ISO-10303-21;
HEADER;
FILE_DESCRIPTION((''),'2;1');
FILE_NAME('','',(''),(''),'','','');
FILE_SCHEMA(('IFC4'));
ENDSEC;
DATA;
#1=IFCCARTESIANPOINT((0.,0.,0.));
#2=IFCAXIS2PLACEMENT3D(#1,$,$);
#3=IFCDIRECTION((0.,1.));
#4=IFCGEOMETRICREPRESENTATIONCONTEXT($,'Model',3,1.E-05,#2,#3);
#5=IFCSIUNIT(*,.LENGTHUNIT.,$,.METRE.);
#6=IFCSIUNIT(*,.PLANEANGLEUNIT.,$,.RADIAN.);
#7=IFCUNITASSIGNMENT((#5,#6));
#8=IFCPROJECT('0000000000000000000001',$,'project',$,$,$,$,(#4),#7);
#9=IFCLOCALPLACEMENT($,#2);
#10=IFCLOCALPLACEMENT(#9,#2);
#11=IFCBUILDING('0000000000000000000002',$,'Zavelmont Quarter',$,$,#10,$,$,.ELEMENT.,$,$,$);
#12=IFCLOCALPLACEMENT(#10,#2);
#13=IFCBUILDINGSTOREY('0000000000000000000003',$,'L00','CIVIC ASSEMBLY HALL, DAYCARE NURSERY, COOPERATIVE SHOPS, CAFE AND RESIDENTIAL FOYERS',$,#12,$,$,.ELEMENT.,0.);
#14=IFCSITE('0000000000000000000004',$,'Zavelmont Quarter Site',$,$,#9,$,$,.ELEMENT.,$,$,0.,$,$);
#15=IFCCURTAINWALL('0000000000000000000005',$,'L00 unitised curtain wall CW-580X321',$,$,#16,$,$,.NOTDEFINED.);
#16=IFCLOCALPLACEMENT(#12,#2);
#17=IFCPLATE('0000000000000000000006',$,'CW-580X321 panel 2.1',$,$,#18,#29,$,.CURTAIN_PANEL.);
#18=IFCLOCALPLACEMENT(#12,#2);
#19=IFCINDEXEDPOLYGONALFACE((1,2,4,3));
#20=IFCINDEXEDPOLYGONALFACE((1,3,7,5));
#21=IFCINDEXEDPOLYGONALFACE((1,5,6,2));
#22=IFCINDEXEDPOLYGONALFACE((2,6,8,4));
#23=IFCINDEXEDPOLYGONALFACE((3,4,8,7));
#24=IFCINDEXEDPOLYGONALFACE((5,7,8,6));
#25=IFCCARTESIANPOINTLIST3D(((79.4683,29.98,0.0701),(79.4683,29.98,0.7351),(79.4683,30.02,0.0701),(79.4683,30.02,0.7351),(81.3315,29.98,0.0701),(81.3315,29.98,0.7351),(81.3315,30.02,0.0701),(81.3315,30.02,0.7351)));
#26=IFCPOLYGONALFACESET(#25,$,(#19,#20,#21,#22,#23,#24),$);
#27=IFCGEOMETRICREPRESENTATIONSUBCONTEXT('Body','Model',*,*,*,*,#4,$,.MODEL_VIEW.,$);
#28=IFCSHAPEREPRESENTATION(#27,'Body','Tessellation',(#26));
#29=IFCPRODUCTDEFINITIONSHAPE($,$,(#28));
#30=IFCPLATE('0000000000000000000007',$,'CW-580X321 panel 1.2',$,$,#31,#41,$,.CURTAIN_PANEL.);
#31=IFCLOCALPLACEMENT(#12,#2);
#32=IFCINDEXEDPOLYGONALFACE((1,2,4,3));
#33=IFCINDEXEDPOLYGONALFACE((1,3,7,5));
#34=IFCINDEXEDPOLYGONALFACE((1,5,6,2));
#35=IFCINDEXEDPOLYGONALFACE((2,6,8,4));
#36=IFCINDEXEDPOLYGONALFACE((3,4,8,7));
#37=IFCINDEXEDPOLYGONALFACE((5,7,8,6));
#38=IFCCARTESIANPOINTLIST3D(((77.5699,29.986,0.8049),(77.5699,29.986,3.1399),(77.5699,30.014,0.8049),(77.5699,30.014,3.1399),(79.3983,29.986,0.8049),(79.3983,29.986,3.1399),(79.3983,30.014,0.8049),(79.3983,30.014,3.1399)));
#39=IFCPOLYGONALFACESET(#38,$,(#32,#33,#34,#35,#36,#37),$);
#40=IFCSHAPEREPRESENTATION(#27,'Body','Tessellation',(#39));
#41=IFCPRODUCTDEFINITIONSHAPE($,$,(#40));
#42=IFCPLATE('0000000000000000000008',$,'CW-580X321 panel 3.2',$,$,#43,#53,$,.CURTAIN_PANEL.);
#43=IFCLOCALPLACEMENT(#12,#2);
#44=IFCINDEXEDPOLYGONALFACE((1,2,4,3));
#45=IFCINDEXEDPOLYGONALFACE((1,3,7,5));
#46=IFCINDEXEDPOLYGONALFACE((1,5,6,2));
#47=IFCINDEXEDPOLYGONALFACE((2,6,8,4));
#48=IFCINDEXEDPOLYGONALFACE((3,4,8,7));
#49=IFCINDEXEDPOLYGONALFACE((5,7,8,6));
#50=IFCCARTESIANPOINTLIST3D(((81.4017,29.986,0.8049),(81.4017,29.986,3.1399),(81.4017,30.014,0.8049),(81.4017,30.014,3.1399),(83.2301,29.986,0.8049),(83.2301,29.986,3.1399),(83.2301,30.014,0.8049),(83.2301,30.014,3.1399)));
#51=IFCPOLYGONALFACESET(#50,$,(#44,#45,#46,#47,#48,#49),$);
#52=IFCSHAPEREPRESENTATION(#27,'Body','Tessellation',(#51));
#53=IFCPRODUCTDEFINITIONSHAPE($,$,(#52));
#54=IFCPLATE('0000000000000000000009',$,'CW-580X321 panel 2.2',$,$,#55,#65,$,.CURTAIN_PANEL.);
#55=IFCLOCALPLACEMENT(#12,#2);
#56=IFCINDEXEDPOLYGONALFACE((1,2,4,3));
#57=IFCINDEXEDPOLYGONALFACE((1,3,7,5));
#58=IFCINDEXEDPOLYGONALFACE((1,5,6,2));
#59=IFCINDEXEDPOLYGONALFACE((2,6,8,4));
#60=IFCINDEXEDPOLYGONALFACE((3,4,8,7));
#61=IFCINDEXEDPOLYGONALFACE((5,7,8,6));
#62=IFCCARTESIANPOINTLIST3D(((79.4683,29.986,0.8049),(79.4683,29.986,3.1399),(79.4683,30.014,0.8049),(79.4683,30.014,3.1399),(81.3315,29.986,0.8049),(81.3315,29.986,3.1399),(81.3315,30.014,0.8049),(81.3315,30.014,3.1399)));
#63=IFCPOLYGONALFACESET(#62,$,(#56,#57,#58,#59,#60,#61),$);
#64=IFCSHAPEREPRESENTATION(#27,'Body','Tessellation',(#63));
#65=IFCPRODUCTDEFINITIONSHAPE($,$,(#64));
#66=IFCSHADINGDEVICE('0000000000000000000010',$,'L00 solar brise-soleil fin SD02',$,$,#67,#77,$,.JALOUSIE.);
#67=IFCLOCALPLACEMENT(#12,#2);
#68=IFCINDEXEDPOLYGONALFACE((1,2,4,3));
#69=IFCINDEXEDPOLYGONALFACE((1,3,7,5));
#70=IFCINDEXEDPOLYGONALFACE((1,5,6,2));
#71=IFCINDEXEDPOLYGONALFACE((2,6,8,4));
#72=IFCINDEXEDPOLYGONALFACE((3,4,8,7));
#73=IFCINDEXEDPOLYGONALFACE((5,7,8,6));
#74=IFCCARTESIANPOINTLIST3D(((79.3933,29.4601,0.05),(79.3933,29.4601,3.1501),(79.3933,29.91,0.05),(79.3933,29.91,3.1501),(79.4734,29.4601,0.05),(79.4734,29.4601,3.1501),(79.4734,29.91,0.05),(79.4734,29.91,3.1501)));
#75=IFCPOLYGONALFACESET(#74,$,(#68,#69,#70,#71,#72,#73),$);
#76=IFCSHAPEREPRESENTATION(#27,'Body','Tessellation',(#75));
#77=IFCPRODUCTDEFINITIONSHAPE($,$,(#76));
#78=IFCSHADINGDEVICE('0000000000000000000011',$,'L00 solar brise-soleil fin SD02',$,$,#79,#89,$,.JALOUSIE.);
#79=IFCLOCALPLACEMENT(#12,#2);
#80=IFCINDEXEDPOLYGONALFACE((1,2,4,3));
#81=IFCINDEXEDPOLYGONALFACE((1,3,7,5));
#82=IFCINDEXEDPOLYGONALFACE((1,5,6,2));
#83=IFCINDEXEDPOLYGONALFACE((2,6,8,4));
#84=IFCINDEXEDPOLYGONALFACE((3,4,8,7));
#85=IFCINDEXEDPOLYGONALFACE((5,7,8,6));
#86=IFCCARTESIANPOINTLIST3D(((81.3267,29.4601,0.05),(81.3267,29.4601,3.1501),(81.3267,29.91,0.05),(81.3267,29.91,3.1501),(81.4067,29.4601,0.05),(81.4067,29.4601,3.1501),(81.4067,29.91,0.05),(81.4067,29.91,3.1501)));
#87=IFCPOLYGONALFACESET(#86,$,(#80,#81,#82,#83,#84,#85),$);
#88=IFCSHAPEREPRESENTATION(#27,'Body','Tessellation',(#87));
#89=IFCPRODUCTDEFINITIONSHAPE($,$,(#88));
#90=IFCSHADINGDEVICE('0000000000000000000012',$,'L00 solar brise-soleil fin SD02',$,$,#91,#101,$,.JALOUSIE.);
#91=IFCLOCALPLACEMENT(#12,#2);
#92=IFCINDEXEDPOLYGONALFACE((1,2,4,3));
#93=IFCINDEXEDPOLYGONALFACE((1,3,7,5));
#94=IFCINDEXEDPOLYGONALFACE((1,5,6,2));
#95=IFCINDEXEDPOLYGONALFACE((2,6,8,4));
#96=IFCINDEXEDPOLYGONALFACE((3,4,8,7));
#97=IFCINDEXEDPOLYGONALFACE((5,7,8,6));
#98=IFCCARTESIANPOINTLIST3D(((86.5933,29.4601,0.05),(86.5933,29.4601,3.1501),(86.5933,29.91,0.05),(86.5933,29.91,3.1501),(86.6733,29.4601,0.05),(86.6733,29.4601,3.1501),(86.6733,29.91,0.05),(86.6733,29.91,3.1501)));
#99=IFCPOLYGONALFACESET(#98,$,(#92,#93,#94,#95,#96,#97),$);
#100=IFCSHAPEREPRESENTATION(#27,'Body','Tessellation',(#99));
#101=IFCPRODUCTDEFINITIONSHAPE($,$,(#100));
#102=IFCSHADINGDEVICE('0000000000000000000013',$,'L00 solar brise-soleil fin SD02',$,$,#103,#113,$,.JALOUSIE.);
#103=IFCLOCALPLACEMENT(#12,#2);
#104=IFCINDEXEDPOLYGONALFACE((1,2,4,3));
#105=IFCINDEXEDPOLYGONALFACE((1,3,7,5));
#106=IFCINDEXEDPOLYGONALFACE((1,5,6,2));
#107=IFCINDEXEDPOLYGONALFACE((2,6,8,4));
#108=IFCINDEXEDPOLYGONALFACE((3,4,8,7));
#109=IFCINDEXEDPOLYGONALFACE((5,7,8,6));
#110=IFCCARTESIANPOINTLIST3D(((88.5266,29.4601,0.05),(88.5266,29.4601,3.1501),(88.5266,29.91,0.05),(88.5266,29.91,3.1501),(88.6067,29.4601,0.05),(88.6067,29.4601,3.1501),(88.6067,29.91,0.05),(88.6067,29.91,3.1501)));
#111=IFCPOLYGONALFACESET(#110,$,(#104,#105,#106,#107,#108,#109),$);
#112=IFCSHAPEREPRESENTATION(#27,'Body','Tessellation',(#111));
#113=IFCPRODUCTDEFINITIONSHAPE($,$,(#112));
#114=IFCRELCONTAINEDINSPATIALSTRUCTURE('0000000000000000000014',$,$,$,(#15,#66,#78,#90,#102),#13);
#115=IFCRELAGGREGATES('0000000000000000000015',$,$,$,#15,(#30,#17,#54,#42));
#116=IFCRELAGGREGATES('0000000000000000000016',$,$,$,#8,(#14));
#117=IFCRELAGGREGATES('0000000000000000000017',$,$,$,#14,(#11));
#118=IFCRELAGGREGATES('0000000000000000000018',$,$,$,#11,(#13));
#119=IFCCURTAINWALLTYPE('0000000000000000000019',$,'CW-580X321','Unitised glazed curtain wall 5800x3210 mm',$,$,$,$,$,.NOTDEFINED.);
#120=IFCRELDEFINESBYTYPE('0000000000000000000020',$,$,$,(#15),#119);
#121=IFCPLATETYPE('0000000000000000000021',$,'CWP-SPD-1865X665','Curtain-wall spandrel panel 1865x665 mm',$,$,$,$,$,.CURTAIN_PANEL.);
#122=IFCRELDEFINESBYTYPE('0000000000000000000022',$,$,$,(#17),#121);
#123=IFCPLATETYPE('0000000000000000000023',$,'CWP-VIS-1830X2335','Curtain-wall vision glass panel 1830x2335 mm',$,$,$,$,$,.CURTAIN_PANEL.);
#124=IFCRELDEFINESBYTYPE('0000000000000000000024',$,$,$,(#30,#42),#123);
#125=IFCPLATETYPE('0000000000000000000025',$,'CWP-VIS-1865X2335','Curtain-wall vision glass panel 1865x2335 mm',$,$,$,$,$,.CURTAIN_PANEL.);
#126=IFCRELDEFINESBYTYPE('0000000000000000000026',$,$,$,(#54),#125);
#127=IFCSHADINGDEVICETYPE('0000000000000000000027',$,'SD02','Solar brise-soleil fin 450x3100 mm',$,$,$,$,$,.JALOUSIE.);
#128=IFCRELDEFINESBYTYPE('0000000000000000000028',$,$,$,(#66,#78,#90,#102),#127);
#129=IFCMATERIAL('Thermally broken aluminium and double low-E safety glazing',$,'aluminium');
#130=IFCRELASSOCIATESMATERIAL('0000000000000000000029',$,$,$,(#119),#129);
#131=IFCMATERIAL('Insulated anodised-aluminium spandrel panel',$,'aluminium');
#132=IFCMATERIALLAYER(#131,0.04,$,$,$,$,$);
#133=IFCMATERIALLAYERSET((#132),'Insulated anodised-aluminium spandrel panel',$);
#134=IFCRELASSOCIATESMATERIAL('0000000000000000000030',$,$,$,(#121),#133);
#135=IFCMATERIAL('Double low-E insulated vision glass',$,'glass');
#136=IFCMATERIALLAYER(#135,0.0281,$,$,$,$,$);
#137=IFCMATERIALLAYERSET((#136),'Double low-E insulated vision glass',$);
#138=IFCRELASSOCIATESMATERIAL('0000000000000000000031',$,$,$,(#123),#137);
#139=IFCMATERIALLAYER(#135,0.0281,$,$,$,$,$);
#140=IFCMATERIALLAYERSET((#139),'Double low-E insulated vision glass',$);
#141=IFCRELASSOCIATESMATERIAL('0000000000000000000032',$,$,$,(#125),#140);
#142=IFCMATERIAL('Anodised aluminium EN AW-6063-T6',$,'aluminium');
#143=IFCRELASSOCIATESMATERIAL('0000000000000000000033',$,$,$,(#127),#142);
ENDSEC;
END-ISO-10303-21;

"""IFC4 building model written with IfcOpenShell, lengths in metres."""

from ifc_helpers import new_model, si_unit, direction, frame, origin, origin_2d, place, context, subcontext, project, spatial, rectangle, extrude, material, layer, layer_set, type_object, element, aggregate, save


model = new_model("IFC4")

# Units and contexts
model_context = context("Model", 3, precision=1e-05, world=origin(), true_north=direction((0.0, 1.0)))
body_context = subcontext(model_context, "Body", "Model", "MODEL_VIEW")
ifc_project = project(units=[si_unit("LENGTHUNIT", "METRE"), si_unit("PLANEANGLEUNIT", "RADIAN")], contexts=[model_context])

# Site, building, storey
site_placement = place(None, origin())
site = spatial("IfcSite", under=ifc_project, at=site_placement, Name="Zavelmont Quarter Site", CompositionType="ELEMENT", RefElevation=0.0)
building_placement = place(site_placement, origin())
building = spatial("IfcBuilding", under=site, at=building_placement, Name="Zavelmont Quarter", CompositionType="ELEMENT")
storey_placement = place(building_placement, origin())
storey = spatial("IfcBuildingStorey", under=building, at=storey_placement, Name="L00", Description="CIVIC ASSEMBLY HALL, DAYCARE NURSERY, COOPERATIVE SHOPS, CAFE AND RESIDENTIAL FOYERS", CompositionType="ELEMENT", Elevation=0.0)

# Curtain wall, plates
ifc_material_1 = material(Name="Thermally broken aluminium and double low-E safety glazing", Category="aluminium")
curtain_wall_type = type_object("IfcCurtainWallType", Name="CW-580X321", Description="Unitised glazed curtain wall 5800x3210 mm", PredefinedType="NOTDEFINED", material=ifc_material_1)
curtain_wall_placement = place(storey_placement, origin())
curtain_wall = element("IfcCurtainWall", 1, at=curtain_wall_placement, inside=storey, type_object=curtain_wall_type, Name="L00 unitised curtain wall CW-580X321", PredefinedType="NOTDEFINED")
ifc_material_2 = material(Name="Insulated anodised-aluminium spandrel panel", Category="aluminium")
ifc_layer_1 = layer(ifc_material_2, 0.04)
ifc_layer_set_1 = layer_set([ifc_layer_1], Name="Insulated anodised-aluminium spandrel panel")
plate_type_1 = type_object("IfcPlateType", Name="CWP-SPD-1865X665", Description="Curtain-wall spandrel panel 1865x665 mm", PredefinedType="CURTAIN_PANEL", material=ifc_layer_set_1)
plate_1_placement = place(storey_placement, frame((80.3999, 30.0, 0.0701), z_axis=(0.0, 0.0, 1.0), x_axis=(1.0, 0.0, 0.0)))
plate_1 = element("IfcPlate", 2, at=plate_1_placement, type_object=plate_type_1, Name="CW-580X321 panel 2.1", PredefinedType="CURTAIN_PANEL", context=body_context, shape_type="SweptSolid", body=[
    extrude(rectangle(XDim=1.8633, YDim=0.04, at=origin_2d()), origin(), (0.0, 0.0, 1.0), 0.665),
])
ifc_material_3 = material(Name="Double low-E insulated vision glass", Category="glass")
ifc_layer_2 = layer(ifc_material_3, 0.0281)
ifc_layer_set_2 = layer_set([ifc_layer_2], Name="Double low-E insulated vision glass")
plate_type_2 = type_object("IfcPlateType", Name="CWP-VIS-1830X2335", Description="Curtain-wall vision glass panel 1830x2335 mm", PredefinedType="CURTAIN_PANEL", material=ifc_layer_set_2)
plate_2_placement = place(storey_placement, frame((78.4841, 30.0, 0.8049), z_axis=(0.0, 0.0, 1.0), x_axis=(1.0, 0.0, 0.0)))
plate_2 = element("IfcPlate", 3, at=plate_2_placement, type_object=plate_type_2, Name="CW-580X321 panel 1.2", PredefinedType="CURTAIN_PANEL", context=body_context, shape_type="SweptSolid", body=[
    extrude(rectangle(XDim=1.8284, YDim=0.0281, at=origin_2d()), origin(), (0.0, 0.0, 1.0), 2.335),
])
plate_3_placement = place(storey_placement, frame((82.3159, 30.0, 0.8049), z_axis=(0.0, 0.0, 1.0), x_axis=(1.0, 0.0, 0.0)))
plate_3 = element("IfcPlate", 4, at=plate_3_placement, type_object=plate_type_2, Name="CW-580X321 panel 3.2", PredefinedType="CURTAIN_PANEL", context=body_context, shape_type="SweptSolid", body=[
    extrude(rectangle(XDim=1.8284, YDim=0.0281, at=origin_2d()), origin(), (0.0, 0.0, 1.0), 2.335),
])
ifc_layer_3 = layer(ifc_material_3, 0.0281)
ifc_layer_set_3 = layer_set([ifc_layer_3], Name="Double low-E insulated vision glass")
plate_type_3 = type_object("IfcPlateType", Name="CWP-VIS-1865X2335", Description="Curtain-wall vision glass panel 1865x2335 mm", PredefinedType="CURTAIN_PANEL", material=ifc_layer_set_3)
plate_4_placement = place(storey_placement, frame((80.3999, 30.0, 0.8049), z_axis=(0.0, 0.0, 1.0), x_axis=(1.0, 0.0, 0.0)))
plate_4 = element("IfcPlate", 5, at=plate_4_placement, type_object=plate_type_3, Name="CW-580X321 panel 2.2", PredefinedType="CURTAIN_PANEL", context=body_context, shape_type="SweptSolid", body=[
    extrude(rectangle(XDim=1.8633, YDim=0.0281, at=origin_2d()), origin(), (0.0, 0.0, 1.0), 2.335),
])
aggregate(curtain_wall, [plate_2, plate_1, plate_4, plate_3])

# Shading devices
ifc_material_4 = material(Name="Anodised aluminium EN AW-6063-T6", Category="aluminium")
shading_device_type = type_object("IfcShadingDeviceType", Name="SD02", Description="Solar brise-soleil fin 450x3100 mm", PredefinedType="JALOUSIE", material=ifc_material_4)
for number, where, z_axis, x_axis, name in (
    (6, (79.4333, 29.6851, 0.05), (0.0, 0.0, 1.0), (1.0, 0.0, 0.0), "L00 solar brise-soleil fin SD02"),
    (7, (81.3667, 29.6851, 0.05), (0.0, 0.0, 1.0), (1.0, 0.0, 0.0), "L00 solar brise-soleil fin SD02"),
    (8, (86.6333, 29.6851, 0.05), (0.0, 0.0, 1.0), (1.0, 0.0, 0.0), "L00 solar brise-soleil fin SD02"),
    (9, (88.5667, 29.6851, 0.05), (0.0, 0.0, 1.0), (1.0, 0.0, 0.0), "L00 solar brise-soleil fin SD02"),
):
    element("IfcShadingDevice", number, at=place(storey_placement, frame(where, z_axis=z_axis, x_axis=x_axis)), inside=storey, type_object=shading_device_type, Name=name, PredefinedType="JALOUSIE", context=body_context, shape_type="SweptSolid", body=[
        extrude(rectangle(XDim=0.0801, YDim=0.45, at=origin_2d()), origin(), (0.0, 0.0, 1.0), 3.1001),
    ])

save(model, "model.ifc")
